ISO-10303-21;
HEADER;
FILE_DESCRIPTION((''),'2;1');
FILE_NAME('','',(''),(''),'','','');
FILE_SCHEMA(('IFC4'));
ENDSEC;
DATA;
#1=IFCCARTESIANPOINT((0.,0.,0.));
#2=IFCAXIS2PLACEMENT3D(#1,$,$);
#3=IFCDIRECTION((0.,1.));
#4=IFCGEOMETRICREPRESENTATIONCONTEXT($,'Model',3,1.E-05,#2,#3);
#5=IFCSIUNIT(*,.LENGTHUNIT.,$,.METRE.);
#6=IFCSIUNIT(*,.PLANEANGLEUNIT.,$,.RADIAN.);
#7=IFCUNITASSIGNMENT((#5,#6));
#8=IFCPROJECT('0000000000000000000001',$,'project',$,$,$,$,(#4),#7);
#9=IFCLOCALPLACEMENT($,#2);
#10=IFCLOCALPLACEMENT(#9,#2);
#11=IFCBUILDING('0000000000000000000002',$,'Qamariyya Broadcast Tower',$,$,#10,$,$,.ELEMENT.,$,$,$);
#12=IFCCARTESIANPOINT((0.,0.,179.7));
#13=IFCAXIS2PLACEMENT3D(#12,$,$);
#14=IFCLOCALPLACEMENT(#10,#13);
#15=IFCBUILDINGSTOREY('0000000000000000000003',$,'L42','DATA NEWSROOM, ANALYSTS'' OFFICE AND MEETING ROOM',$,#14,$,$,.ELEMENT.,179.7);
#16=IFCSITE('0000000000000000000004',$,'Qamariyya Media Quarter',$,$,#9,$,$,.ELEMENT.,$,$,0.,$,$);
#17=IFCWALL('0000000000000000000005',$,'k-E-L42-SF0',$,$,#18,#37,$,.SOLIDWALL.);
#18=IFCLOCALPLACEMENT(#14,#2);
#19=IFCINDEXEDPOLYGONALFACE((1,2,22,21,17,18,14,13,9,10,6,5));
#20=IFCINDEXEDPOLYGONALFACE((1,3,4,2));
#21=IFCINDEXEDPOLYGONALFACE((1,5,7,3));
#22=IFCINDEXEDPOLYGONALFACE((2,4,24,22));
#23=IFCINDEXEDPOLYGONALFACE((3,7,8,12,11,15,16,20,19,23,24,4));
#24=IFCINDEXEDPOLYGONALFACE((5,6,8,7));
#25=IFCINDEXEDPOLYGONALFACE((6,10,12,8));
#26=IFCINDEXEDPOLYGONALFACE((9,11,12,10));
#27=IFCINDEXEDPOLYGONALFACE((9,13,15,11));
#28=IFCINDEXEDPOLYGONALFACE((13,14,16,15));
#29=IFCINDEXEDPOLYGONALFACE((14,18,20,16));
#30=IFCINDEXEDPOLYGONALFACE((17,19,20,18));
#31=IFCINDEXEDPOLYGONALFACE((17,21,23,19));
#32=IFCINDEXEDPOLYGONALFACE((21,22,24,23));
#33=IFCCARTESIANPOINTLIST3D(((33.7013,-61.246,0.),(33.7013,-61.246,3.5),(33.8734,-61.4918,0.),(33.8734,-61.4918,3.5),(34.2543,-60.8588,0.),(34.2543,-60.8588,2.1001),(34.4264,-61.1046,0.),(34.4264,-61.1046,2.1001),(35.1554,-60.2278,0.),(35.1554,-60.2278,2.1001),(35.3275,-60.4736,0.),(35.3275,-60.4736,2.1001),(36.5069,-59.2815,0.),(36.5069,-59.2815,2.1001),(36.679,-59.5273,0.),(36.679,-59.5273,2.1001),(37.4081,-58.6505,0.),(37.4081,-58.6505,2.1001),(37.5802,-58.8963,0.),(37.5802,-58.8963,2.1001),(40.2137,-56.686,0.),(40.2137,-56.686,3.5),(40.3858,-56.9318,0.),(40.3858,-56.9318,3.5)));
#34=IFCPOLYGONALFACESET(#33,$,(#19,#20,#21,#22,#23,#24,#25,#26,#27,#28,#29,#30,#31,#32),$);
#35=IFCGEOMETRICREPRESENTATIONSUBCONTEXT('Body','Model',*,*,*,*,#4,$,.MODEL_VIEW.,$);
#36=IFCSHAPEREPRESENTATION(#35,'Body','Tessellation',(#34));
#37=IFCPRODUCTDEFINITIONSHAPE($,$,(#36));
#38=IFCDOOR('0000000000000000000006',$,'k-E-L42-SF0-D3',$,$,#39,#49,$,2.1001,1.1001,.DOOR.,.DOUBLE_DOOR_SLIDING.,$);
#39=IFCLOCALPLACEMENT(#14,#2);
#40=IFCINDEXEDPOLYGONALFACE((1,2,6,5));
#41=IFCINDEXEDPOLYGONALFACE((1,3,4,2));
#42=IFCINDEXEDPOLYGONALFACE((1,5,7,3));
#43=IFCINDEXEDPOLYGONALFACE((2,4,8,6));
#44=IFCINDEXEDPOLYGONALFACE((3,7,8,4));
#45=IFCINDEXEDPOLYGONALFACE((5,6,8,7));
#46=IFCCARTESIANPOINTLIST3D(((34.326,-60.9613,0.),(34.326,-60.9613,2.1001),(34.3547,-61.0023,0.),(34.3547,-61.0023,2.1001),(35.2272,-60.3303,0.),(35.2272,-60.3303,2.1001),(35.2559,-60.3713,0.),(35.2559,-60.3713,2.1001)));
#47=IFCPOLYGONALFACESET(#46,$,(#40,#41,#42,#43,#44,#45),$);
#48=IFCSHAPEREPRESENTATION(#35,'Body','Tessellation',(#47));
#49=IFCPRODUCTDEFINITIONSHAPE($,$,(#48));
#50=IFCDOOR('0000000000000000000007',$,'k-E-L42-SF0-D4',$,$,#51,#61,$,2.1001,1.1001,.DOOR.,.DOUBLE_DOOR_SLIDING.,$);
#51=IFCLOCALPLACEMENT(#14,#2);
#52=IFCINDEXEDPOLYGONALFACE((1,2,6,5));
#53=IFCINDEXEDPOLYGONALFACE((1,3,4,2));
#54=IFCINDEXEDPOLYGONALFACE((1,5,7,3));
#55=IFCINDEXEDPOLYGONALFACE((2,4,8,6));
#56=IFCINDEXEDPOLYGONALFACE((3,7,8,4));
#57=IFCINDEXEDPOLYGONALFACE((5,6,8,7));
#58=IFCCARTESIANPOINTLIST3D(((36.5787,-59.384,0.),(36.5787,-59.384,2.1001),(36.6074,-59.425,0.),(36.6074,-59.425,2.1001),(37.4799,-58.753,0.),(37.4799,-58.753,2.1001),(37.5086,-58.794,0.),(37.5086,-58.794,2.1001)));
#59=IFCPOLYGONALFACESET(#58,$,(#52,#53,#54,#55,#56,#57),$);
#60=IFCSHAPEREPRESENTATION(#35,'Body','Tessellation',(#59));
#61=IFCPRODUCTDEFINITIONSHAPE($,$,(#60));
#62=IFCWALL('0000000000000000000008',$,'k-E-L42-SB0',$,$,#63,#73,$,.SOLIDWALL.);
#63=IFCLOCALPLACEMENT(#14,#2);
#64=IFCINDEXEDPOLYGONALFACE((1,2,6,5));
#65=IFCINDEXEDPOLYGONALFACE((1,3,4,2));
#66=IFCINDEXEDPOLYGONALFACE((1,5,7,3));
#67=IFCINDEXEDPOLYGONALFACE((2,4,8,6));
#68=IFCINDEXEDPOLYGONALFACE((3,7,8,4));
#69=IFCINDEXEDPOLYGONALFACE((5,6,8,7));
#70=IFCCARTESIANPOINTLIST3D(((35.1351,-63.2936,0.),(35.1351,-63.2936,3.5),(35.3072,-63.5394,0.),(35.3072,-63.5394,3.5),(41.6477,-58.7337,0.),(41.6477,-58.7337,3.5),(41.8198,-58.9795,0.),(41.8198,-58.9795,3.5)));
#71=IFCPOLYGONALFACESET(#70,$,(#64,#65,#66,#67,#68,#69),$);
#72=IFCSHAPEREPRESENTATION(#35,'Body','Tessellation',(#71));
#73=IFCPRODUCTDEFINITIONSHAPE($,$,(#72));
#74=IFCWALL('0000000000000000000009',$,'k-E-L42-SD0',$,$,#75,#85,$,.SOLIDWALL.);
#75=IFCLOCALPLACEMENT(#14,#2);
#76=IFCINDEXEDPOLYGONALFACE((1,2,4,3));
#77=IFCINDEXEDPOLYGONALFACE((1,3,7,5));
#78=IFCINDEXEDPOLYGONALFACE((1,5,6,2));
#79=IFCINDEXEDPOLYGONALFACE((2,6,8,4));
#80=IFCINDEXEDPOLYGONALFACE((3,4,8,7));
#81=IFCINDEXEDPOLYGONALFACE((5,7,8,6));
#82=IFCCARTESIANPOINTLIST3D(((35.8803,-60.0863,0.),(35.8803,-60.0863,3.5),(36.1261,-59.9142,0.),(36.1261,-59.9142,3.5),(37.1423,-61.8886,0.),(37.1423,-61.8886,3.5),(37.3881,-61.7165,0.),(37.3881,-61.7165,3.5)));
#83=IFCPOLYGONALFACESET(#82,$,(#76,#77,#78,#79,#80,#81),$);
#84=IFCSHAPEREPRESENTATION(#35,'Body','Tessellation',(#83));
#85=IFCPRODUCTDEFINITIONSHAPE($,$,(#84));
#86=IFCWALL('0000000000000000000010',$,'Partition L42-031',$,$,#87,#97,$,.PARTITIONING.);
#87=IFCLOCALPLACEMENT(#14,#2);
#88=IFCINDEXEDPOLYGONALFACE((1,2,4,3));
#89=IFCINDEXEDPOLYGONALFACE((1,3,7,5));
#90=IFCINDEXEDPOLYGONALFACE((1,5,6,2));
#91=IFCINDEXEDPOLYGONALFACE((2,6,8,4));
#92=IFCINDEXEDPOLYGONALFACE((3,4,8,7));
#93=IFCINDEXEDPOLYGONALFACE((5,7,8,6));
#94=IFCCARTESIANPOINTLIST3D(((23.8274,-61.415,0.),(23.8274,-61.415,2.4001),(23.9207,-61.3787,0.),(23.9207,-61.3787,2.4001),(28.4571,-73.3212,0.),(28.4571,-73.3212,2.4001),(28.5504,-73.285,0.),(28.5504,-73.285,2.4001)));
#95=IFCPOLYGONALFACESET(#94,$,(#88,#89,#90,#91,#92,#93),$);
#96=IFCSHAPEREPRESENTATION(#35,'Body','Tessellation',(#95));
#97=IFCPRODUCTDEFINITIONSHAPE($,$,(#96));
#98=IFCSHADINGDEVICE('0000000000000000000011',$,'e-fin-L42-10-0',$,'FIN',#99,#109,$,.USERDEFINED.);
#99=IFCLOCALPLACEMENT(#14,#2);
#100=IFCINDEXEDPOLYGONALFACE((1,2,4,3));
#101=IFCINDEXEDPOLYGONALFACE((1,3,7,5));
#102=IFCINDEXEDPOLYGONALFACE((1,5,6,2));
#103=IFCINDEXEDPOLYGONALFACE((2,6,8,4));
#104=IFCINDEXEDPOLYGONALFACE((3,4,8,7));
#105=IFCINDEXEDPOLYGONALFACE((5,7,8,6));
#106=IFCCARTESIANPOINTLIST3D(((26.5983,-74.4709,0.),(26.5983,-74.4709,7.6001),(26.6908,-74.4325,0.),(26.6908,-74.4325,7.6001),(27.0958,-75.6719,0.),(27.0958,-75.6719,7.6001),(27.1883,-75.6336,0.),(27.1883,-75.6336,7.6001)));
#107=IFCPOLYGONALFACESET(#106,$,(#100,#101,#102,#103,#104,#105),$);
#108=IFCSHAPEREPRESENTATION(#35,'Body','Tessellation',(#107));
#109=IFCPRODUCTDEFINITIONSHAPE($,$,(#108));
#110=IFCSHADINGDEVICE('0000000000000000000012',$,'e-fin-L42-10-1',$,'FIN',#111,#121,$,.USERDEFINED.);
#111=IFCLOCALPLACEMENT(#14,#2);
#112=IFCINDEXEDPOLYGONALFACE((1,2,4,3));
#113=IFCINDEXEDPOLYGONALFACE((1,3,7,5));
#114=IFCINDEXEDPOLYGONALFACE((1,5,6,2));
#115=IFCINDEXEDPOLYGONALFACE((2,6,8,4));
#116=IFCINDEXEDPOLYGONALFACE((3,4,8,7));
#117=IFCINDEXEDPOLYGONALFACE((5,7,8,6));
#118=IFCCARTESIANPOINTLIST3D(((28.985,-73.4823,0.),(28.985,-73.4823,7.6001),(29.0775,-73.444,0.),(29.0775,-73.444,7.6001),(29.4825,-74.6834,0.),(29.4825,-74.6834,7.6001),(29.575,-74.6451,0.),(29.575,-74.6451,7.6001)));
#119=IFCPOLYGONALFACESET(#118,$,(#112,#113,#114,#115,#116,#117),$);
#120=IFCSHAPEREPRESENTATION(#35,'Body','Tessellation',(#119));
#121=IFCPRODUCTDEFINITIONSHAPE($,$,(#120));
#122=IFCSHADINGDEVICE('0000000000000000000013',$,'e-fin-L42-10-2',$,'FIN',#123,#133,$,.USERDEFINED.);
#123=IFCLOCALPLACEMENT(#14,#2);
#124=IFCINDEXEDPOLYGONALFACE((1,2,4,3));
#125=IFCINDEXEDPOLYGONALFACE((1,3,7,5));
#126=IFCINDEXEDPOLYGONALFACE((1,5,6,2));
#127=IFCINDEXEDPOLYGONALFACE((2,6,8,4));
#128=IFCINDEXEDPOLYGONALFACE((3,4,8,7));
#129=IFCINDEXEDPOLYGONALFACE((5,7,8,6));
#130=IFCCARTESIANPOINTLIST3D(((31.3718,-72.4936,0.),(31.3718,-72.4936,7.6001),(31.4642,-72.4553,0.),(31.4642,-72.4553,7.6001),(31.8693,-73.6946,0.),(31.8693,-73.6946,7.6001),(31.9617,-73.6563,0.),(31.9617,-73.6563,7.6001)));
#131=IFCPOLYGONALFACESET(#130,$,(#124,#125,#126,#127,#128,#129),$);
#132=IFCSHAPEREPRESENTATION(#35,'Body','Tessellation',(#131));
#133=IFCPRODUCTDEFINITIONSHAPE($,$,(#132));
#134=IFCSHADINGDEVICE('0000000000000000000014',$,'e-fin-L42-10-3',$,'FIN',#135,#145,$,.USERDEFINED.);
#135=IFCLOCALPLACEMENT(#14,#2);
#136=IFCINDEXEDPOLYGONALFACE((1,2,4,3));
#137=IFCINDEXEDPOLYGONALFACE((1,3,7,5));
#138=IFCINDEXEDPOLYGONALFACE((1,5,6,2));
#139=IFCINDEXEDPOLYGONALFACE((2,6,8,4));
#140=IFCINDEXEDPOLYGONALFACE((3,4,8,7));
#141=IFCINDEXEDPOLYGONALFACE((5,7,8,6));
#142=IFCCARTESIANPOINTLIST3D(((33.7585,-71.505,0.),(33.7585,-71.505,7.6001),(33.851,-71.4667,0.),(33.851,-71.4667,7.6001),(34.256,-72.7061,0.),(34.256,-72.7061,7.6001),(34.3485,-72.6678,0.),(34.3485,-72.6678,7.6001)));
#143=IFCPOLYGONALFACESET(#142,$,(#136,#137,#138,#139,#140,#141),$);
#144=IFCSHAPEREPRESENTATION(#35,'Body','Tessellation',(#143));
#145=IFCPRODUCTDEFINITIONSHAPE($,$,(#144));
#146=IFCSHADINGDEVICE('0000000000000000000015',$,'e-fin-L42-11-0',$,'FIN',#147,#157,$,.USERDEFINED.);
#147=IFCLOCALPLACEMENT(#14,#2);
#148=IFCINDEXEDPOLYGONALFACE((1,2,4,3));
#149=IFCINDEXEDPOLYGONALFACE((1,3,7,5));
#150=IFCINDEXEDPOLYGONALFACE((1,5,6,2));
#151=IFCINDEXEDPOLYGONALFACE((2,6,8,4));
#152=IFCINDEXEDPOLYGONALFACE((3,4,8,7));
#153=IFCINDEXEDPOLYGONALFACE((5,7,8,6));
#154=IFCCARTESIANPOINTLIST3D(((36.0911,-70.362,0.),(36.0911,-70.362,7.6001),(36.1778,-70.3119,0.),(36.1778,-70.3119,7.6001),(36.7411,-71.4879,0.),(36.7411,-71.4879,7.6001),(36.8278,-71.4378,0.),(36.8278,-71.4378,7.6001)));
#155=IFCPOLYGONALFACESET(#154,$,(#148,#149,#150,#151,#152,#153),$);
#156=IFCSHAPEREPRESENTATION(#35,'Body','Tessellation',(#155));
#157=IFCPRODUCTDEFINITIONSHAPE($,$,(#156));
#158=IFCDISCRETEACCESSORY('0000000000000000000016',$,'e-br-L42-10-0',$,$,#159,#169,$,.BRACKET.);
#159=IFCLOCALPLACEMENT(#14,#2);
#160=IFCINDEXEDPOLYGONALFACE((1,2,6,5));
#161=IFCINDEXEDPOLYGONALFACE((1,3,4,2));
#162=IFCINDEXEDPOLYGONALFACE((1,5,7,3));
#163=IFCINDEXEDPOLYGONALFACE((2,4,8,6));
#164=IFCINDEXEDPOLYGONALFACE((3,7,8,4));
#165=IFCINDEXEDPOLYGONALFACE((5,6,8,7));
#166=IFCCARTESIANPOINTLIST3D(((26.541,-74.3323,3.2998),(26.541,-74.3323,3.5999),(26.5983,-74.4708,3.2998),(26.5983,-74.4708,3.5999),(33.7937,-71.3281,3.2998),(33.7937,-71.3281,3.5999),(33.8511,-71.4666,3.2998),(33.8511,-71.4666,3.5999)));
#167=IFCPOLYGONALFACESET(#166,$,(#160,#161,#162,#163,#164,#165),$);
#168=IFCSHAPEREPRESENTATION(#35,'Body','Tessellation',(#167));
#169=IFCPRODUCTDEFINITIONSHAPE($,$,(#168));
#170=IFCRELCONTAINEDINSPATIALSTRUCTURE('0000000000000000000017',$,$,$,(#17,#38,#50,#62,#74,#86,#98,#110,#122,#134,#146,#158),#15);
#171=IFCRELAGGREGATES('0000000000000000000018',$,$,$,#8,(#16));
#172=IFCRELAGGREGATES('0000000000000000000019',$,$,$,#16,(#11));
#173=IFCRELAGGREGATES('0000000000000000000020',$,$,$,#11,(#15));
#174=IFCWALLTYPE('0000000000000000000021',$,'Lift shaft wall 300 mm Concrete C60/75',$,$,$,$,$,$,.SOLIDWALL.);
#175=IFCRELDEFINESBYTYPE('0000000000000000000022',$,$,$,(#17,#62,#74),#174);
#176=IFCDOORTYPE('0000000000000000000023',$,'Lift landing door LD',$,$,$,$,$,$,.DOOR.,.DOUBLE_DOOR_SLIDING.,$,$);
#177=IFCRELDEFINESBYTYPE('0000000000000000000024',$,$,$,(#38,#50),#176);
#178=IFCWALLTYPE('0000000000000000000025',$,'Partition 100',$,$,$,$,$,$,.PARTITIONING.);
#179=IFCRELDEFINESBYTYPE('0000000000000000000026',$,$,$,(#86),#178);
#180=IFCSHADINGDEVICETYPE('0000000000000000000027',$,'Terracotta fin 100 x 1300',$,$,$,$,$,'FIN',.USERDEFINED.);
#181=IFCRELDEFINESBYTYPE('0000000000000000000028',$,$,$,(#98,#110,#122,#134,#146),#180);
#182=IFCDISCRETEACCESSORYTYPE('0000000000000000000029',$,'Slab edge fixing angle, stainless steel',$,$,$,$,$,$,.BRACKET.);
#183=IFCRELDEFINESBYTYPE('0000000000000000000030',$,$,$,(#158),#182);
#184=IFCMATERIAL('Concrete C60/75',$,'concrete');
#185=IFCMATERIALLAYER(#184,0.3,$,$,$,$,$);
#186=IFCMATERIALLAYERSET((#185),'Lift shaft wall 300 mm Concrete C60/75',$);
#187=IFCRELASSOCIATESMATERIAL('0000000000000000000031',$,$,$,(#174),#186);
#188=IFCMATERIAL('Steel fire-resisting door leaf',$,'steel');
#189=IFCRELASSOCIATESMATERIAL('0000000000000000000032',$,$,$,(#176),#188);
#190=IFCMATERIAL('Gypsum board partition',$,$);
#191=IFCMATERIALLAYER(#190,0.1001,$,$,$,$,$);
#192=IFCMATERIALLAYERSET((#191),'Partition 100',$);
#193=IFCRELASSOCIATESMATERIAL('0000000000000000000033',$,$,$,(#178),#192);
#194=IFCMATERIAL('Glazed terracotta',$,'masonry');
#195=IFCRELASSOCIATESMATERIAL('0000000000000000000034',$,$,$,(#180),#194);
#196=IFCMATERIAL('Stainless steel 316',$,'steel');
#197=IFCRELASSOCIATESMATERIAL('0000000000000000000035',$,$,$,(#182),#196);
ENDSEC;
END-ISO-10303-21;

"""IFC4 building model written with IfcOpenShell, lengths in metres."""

from ifc_helpers import new_model, si_unit, direction, frame, frame_2d, origin, origin_2d, place, context, subcontext, project, spatial, rectangle, extrude, material, layer, layer_set, material_profile, profile_set, type_object, element, fill, save


model = new_model("IFC4")

# Units and contexts
model_context = context("Model", 3, precision=1e-05, world=origin(), true_north=direction((0.0, 1.0)))
body_context = subcontext(model_context, "Body", "Model", "MODEL_VIEW")
ifc_project = project(units=[si_unit("LENGTHUNIT", "METRE"), si_unit("PLANEANGLEUNIT", "RADIAN")], contexts=[model_context])

# Site, building, storey
site_placement = place(None, origin())
site = spatial("IfcSite", under=ifc_project, at=site_placement, Name="Qamariyya Media Quarter", CompositionType="ELEMENT", RefElevation=0.0)
building_placement = place(site_placement, origin())
building = spatial("IfcBuilding", under=site, at=building_placement, Name="Qamariyya Broadcast Tower", CompositionType="ELEMENT")
storey_placement = place(building_placement, frame((0.0, 0.0, 179.7)))
storey = spatial("IfcBuildingStorey", under=building, at=storey_placement, Name="L42", Description="DATA NEWSROOM, ANALYSTS' OFFICE AND MEETING ROOM", CompositionType="ELEMENT", Elevation=179.7)

# Shared definitions
ifc_material_1 = material(Name="Concrete C60/75", Category="concrete")

# Shared definitions
ifc_material_2 = material(Name="Steel fire-resisting door leaf", Category="steel")
ifc_material_3 = material(Name="Gypsum board partition")
ifc_layer_1 = layer(ifc_material_1, 0.3)
ifc_layer_set_1 = layer_set([ifc_layer_1], Name="Lift shaft wall 300 mm Concrete C60/75")
wall_type_1 = type_object("IfcWallType", Name="Lift shaft wall 300 mm Concrete C60/75", PredefinedType="SOLIDWALL", material=ifc_layer_set_1)

# Wall, openings, doors
wall_1_placement = place(storey_placement, frame((33.7874, -61.3689, 0.0), z_axis=(0.0, 0.0, 1.0), x_axis=(0.819153, 0.573576, 0.0)))
wall_1 = element("IfcWall", 1, at=wall_1_placement, inside=storey, type_object=wall_type_1, Name="k-E-L42-SF0", PredefinedType="SOLIDWALL", context=body_context, shape_type="SweptSolid", body=[
    extrude(rectangle(XDim=7.9502, YDim=0.3, at=frame_2d((3.9751, 0.0))), origin(), (0.0, 0.0, 1.0), 3.5),
])
opening_1_placement = place(wall_1_placement, frame((0.675, 0.0, 0.0)))
opening_1 = element("IfcOpeningElement", 2, at=opening_1_placement, cuts=wall_1, PredefinedType="OPENING", context=body_context, shape_type="SweptSolid", body=[
    extrude(rectangle(XDim=1.1001, YDim=2.1001, at=frame_2d((0.55, 1.05))), frame((0.0, 0.1599, 0.0), z_axis=(0.0, -1.0, 0.0), x_axis=(1.0, 0.0, 0.0)), (0.0, 0.0, 1.0), 0.3201),
])
opening_2_placement = place(wall_1_placement, frame((3.425, 0.0, 0.0)))
opening_2 = element("IfcOpeningElement", 3, at=opening_2_placement, cuts=wall_1, PredefinedType="OPENING", context=body_context, shape_type="SweptSolid", body=[
    extrude(rectangle(XDim=1.1001, YDim=2.1001, at=frame_2d((0.55, 1.05))), frame((0.0, 0.1599, 0.0), z_axis=(0.0, -1.0, 0.0), x_axis=(1.0, 0.0, 0.0)), (0.0, 0.0, 1.0), 0.3201),
])
door_type_1 = type_object("IfcDoorType", Name="Lift landing door LD", OperationType="DOUBLE_DOOR_SLIDING", PredefinedType="DOOR", material=ifc_material_2)
door_1_placement = place(opening_1_placement, origin())
door_1 = element("IfcDoor", 4, at=door_1_placement, inside=storey, type_object=door_type_1, Name="k-E-L42-SF0-D3", OperationType="DOUBLE_DOOR_SLIDING", OverallHeight=2.1001, OverallWidth=1.1001, PredefinedType="DOOR", context=body_context, shape_type="SweptSolid", body=[
    extrude(rectangle(XDim=1.1001, YDim=2.1001, at=frame_2d((0.55, 1.05))), frame((0.0, 0.0249, 0.0), z_axis=(0.0, -1.0, 0.0), x_axis=(1.0, 0.0, 0.0)), (0.0, 0.0, 1.0), 0.05),
])
fill(opening_1, door_1)
door_2_placement = place(opening_2_placement, origin())
door_2 = element("IfcDoor", 5, at=door_2_placement, inside=storey, type_object=door_type_1, Name="k-E-L42-SF0-D4", OperationType="DOUBLE_DOOR_SLIDING", OverallHeight=2.1001, OverallWidth=1.1001, PredefinedType="DOOR", context=body_context, shape_type="SweptSolid", body=[
    extrude(rectangle(XDim=1.1001, YDim=2.1001, at=frame_2d((0.55, 1.05))), frame((0.0, 0.0249, 0.0), z_axis=(0.0, -1.0, 0.0), x_axis=(1.0, 0.0, 0.0)), (0.0, 0.0, 1.0), 0.05),
])
fill(opening_2, door_2)

# Walls
wall_2_placement = place(storey_placement, frame((35.2212, -63.4165, 0.0), z_axis=(0.0, 0.0, 1.0), x_axis=(0.819167, 0.573555, 0.0)))
element("IfcWall", 6, at=wall_2_placement, inside=storey, type_object=wall_type_1, Name="k-E-L42-SB0", PredefinedType="SOLIDWALL", context=body_context, shape_type="SweptSolid", body=[
    extrude(rectangle(XDim=7.9502, YDim=0.3, at=frame_2d((3.9751, 0.0))), origin(), (0.0, 0.0, 1.0), 3.5),
])
wall_3_placement = place(storey_placement, frame((36.0032, -60.0002, 0.0), z_axis=(0.0, 0.0, 1.0), x_axis=(0.573581, -0.819149, 0.0)))
element("IfcWall", 7, at=wall_3_placement, inside=storey, type_object=wall_type_1, Name="k-E-L42-SD0", PredefinedType="SOLIDWALL", context=body_context, shape_type="SweptSolid", body=[
    extrude(rectangle(XDim=2.2002, YDim=0.3, at=frame_2d((1.1001, 0.0))), origin(), (0.0, 0.0, 1.0), 3.5),
])
ifc_layer_2 = layer(ifc_material_3, 0.1001)
ifc_layer_set_2 = layer_set([ifc_layer_2], Name="Partition 100")
wall_type_2 = type_object("IfcWallType", Name="Partition 100", PredefinedType="PARTITIONING", material=ifc_layer_set_2)
wall_4_placement = place(storey_placement, frame((28.5037, -73.303, 0.0), z_axis=(0.0, 0.0, 1.0), x_axis=(-0.362408, 0.93202, 0.0)))
element("IfcWall", 8, at=wall_4_placement, inside=storey, type_object=wall_type_2, Name="Partition L42-031", PredefinedType="PARTITIONING", context=body_context, shape_type="SweptSolid", body=[
    extrude(rectangle(XDim=12.7747, YDim=0.1001, at=frame_2d((6.3872, 0.0))), origin(), (0.0, 0.0, 1.0), 2.4001),
])

# Shading devices
ifc_material_4 = material(Name="Glazed terracotta", Category="masonry")
ifc_material_profile_1 = material_profile(ifc_material_4, rectangle(XDim=1.3, YDim=0.1001, at=origin_2d()))
ifc_profile_set_1 = profile_set([ifc_material_profile_1], Name="Glazed terracotta")
shading_device_type_1 = type_object("IfcShadingDeviceType", Name="Terracotta fin 100 x 1300", ElementType="FIN", PredefinedType="USERDEFINED", material=ifc_profile_set_1)
for number, where, z_axis, x_axis, name in (
    (9, (26.8933, -75.0522, 0.0), (0.0, 0.0, 1.0), (0.382683, -0.92388, 0.0), "e-fin-L42-10-0"),
    (10, (29.28, -74.0637, 0.0), (0.0, 0.0, 1.0), (0.382683, -0.92388, 0.0), "e-fin-L42-10-1"),
    (11, (31.6667, -73.075, 0.0), (0.0, 0.0, 1.0), (0.382683, -0.92388, 0.0), "e-fin-L42-10-2"),
    (12, (34.0535, -72.0864, 0.0), (0.0, 0.0, 1.0), (0.382683, -0.92388, 0.0), "e-fin-L42-10-3"),
    (13, (36.4595, -70.8999, 0.0), (0.0, 0.0, 1.0), (0.5, -0.866025, 0.0), "e-fin-L42-11-0"),
):
    element("IfcShadingDevice", number, at=place(storey_placement, frame(where, z_axis=z_axis, x_axis=x_axis)), inside=storey, type_object=shading_device_type_1, Name=name, ObjectType="FIN", PredefinedType="USERDEFINED", context=body_context, shape_type="SweptSolid", body=[
        extrude(rectangle(XDim=1.3, YDim=0.1001, at=origin_2d()), origin(), (0.0, 0.0, 1.0), 7.6001),
    ])

# Discrete accessory
ifc_material_5 = material(Name="Stainless steel 316", Category="steel")
discrete_accessory_type = type_object("IfcDiscreteAccessoryType", Name="Slab edge fixing angle, stainless steel", PredefinedType="BRACKET", material=ifc_material_5)
discrete_accessory_placement = place(storey_placement, frame((30.196, -72.8994, 3.2998), z_axis=(0.0, 0.0, 1.0), x_axis=(0.92388, 0.382683, 0.0)))
element("IfcDiscreteAccessory", 14, at=discrete_accessory_placement, inside=storey, type_object=discrete_accessory_type, Name="e-br-L42-10-0", PredefinedType="BRACKET", context=body_context, shape_type="SweptSolid", body=[
    extrude(rectangle(XDim=7.8503, YDim=0.1499, at=origin_2d()), origin(), (0.0, 0.0, 1.0), 0.3),
])

save(model, "model.ifc")
